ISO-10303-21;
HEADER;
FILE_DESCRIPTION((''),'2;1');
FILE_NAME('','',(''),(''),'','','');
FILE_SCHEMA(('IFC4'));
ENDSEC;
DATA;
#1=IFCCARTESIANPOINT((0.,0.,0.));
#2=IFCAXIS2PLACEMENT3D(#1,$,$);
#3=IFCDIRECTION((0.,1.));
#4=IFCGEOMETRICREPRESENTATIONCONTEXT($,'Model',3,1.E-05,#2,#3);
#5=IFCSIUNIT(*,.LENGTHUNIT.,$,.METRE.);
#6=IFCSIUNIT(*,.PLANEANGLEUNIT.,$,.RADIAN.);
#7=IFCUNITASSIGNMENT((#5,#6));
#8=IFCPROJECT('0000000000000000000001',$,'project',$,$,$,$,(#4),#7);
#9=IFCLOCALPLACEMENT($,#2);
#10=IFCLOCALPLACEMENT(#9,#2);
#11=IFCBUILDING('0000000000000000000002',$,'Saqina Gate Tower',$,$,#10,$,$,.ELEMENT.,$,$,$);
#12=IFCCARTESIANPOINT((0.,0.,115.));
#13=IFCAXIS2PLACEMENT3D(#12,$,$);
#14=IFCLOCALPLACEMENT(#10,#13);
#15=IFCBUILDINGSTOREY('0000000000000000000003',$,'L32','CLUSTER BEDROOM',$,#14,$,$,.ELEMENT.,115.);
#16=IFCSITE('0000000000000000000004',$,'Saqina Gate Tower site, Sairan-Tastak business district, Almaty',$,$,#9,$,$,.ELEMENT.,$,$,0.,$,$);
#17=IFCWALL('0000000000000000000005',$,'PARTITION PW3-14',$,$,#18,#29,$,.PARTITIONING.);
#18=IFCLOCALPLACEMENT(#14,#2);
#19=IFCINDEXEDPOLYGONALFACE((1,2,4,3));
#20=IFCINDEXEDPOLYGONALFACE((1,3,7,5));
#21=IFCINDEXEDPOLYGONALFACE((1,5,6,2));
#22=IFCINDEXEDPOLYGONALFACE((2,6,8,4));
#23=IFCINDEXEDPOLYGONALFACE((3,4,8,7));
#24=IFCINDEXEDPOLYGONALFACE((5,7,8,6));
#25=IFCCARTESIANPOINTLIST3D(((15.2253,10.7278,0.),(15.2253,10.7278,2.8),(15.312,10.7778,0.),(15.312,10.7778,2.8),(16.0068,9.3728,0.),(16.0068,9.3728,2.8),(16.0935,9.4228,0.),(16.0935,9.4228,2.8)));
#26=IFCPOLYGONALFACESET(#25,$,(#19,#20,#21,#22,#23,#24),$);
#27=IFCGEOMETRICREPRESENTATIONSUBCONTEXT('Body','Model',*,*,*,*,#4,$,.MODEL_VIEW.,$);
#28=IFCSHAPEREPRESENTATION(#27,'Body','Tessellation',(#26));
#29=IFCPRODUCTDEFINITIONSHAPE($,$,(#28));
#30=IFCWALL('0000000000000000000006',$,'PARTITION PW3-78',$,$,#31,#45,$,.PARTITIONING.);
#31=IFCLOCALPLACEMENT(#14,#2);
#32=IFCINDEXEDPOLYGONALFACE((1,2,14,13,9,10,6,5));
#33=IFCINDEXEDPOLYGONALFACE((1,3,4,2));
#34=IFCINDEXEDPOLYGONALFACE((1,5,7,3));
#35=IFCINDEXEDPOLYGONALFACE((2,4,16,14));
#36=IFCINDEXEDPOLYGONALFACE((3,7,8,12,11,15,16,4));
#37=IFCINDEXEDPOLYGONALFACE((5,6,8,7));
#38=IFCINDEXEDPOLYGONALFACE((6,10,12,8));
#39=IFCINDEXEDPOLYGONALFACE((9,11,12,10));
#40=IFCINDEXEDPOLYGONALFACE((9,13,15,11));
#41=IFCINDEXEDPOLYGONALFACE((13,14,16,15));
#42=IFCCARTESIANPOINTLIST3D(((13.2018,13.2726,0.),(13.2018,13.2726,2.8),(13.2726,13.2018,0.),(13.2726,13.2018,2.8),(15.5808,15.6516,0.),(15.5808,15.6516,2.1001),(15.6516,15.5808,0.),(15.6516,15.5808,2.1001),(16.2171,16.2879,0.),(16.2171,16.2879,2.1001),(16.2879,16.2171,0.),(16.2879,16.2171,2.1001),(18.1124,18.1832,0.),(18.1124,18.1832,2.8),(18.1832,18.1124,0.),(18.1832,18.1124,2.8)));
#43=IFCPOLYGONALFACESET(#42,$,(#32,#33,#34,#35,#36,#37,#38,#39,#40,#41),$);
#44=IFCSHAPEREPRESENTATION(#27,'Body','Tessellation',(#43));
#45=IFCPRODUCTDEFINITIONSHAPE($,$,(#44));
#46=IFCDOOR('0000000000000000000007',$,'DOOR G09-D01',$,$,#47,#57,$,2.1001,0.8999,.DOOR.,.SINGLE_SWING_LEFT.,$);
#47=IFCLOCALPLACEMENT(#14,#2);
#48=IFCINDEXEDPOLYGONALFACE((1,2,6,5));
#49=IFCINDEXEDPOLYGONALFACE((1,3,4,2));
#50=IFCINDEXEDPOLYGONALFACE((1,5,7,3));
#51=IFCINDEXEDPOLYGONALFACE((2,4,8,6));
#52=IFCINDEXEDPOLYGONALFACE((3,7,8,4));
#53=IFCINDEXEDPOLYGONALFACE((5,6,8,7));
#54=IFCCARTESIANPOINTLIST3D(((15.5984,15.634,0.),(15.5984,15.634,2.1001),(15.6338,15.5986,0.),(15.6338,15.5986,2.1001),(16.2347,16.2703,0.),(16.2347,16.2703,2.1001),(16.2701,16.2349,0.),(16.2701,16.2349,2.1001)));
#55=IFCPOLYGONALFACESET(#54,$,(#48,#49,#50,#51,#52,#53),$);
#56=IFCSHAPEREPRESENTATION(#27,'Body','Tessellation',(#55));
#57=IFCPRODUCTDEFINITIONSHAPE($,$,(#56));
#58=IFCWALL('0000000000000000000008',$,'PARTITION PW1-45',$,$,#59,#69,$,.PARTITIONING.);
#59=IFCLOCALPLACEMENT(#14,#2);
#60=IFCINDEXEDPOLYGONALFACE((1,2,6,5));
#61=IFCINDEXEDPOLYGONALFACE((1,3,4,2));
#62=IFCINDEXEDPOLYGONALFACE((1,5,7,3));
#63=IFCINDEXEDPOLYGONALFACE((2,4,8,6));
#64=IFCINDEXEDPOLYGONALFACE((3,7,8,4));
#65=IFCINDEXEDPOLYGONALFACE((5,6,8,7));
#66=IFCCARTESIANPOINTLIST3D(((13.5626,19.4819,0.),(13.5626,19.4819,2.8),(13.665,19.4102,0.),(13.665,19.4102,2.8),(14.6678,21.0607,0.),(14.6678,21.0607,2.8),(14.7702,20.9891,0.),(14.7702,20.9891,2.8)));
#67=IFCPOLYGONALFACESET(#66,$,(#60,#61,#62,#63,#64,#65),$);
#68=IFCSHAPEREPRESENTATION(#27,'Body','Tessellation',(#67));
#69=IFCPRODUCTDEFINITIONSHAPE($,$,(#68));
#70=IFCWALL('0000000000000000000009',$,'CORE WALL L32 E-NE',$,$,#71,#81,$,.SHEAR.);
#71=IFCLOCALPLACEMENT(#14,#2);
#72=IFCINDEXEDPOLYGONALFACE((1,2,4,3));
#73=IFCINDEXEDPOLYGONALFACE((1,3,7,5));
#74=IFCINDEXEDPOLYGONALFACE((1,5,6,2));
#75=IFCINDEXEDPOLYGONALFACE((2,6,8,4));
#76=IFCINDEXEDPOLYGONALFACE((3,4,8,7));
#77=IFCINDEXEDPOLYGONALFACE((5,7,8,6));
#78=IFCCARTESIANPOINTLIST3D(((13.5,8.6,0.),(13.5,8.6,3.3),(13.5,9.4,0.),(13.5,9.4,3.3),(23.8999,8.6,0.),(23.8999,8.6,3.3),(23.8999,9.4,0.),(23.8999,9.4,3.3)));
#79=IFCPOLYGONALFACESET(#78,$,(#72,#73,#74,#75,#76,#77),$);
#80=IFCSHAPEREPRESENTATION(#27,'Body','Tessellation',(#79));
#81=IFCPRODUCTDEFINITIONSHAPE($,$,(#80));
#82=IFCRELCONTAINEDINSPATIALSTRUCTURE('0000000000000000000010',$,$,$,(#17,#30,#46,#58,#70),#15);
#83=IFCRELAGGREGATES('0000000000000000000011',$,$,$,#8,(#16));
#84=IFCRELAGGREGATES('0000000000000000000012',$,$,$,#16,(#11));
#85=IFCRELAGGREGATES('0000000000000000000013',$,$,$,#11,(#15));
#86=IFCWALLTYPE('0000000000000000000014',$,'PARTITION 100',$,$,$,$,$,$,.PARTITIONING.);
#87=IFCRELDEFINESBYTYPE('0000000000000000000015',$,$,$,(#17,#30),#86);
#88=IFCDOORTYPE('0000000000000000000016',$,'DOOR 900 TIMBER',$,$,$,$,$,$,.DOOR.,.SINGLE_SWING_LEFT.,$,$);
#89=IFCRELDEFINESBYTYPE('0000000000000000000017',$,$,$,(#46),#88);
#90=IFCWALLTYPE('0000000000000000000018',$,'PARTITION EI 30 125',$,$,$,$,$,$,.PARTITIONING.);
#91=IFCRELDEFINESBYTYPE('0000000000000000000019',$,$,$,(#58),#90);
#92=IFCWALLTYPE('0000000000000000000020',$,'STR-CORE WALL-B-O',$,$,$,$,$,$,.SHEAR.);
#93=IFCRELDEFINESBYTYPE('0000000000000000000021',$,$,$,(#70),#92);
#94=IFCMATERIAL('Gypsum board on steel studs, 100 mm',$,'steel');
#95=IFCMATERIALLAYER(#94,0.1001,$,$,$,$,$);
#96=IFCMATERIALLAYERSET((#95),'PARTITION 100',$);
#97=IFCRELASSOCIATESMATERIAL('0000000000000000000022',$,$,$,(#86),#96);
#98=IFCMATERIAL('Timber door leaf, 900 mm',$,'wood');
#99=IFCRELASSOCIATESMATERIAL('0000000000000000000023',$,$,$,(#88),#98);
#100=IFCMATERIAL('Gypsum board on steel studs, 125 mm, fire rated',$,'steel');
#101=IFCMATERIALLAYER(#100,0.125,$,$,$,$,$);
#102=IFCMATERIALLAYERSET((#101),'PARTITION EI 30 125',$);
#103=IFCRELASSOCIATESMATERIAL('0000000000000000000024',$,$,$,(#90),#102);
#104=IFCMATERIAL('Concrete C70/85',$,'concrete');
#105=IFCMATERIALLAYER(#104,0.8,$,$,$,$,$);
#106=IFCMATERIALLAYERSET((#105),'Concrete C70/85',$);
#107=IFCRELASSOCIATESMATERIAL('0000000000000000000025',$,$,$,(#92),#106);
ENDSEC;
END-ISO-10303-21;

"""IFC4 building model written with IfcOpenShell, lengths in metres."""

from ifc_helpers import new_model, si_unit, direction, frame, frame_2d, origin, place, context, subcontext, project, spatial, rectangle, extrude, material, layer, layer_set, type_object, element, fill, save


model = new_model("IFC4")

# Units and contexts
model_context = context("Model", 3, precision=1e-05, world=origin(), true_north=direction((0.0, 1.0)))
body_context = subcontext(model_context, "Body", "Model", "MODEL_VIEW")
ifc_project = project(units=[si_unit("LENGTHUNIT", "METRE"), si_unit("PLANEANGLEUNIT", "RADIAN")], contexts=[model_context])

# Site, building, storey
site_placement = place(None, origin())
site = spatial("IfcSite", under=ifc_project, at=site_placement, Name="Saqina Gate Tower site, Sairan-Tastak business district, Almaty", CompositionType="ELEMENT", RefElevation=0.0)
building_placement = place(site_placement, origin())
building = spatial("IfcBuilding", under=site, at=building_placement, Name="Saqina Gate Tower", CompositionType="ELEMENT")
storey_placement = place(building_placement, frame((0.0, 0.0, 115.0)))
storey = spatial("IfcBuildingStorey", under=building, at=storey_placement, Name="L32", Description="CLUSTER BEDROOM", CompositionType="ELEMENT", Elevation=115.0)

# Wall
ifc_material_1 = material(Name="Gypsum board on steel studs, 100 mm", Category="steel")
ifc_layer_1 = layer(ifc_material_1, 0.1001)
ifc_layer_set_1 = layer_set([ifc_layer_1], Name="PARTITION 100")
wall_type_1 = type_object("IfcWallType", Name="PARTITION 100", PredefinedType="PARTITIONING", material=ifc_layer_set_1)
wall_1_placement = place(storey_placement, frame((15.2686, 10.7529, 0.0), z_axis=(0.0, 0.0, 1.0), x_axis=(0.499614, -0.866248, 0.0)))
element("IfcWall", 1, at=wall_1_placement, inside=storey, type_object=wall_type_1, Name="PARTITION PW3-14", PredefinedType="PARTITIONING", context=body_context, shape_type="SweptSolid", body=[
    extrude(rectangle(XDim=1.5642, YDim=0.1001, at=frame_2d((0.7822, 0.0))), origin(), (0.0, 0.0, 1.0), 2.8),
])

# Wall, opening, door
wall_2_placement = place(storey_placement, frame((13.2373, 13.2373, 0.0), z_axis=(0.0, 0.0, 1.0), x_axis=(0.707107, 0.707107, 0.0)))
wall_2 = element("IfcWall", 2, at=wall_2_placement, inside=storey, type_object=wall_type_1, Name="PARTITION PW3-78", PredefinedType="PARTITIONING", context=body_context, shape_type="SweptSolid", body=[
    extrude(rectangle(XDim=6.9446, YDim=0.1001, at=frame_2d((3.4722, 0.0))), origin(), (0.0, 0.0, 1.0), 2.8),
])
opening_1_placement = place(wall_2_placement, frame((3.3643, 0.0, 0.0)))
opening_1 = element("IfcOpeningElement", 3, at=opening_1_placement, cuts=wall_2, PredefinedType="OPENING", context=body_context, shape_type="SweptSolid", body=[
    extrude(rectangle(XDim=0.8999, YDim=2.1001, at=frame_2d((0.45, 1.05))), frame((0.0, 0.062, 0.0), z_axis=(0.0, -1.0, 0.0), x_axis=(1.0, 0.0, 0.0)), (0.0, 0.0, 1.0), 0.124),
])
ifc_material_2 = material(Name="Timber door leaf, 900 mm", Category="wood")
door_type = type_object("IfcDoorType", Name="DOOR 900 TIMBER", OperationType="SINGLE_SWING_LEFT", PredefinedType="DOOR", material=ifc_material_2)
door_placement = place(opening_1_placement, frame((0.8999, 0.0, 0.0), z_axis=(0.0, 0.0, 1.0), x_axis=(-1.0, 0.0, 0.0)))
door = element("IfcDoor", 4, at=door_placement, inside=storey, type_object=door_type, Name="DOOR G09-D01", OperationType="SINGLE_SWING_LEFT", OverallHeight=2.1001, OverallWidth=0.8999, PredefinedType="DOOR", context=body_context, shape_type="SweptSolid", body=[
    extrude(rectangle(XDim=0.8999, YDim=2.1001, at=frame_2d((0.45, 1.05))), frame((0.0, 0.0249, 0.0), z_axis=(0.0, -1.0, 0.0), x_axis=(1.0, 0.0, 0.0)), (0.0, 0.0, 1.0), 0.05),
])
fill(opening_1, door)

# Walls
ifc_material_3 = material(Name="Gypsum board on steel studs, 125 mm, fire rated", Category="steel")
ifc_layer_2 = layer(ifc_material_3, 0.125)
ifc_layer_set_2 = layer_set([ifc_layer_2], Name="PARTITION EI 30 125")
wall_type_2 = type_object("IfcWallType", Name="PARTITION EI 30 125", PredefinedType="PARTITIONING", material=ifc_layer_set_2)
wall_3_placement = place(storey_placement, frame((13.6138, 19.446, 0.0), z_axis=(0.0, 0.0, 1.0), x_axis=(0.573471, 0.819226, 0.0)))
element("IfcWall", 5, at=wall_3_placement, inside=storey, type_object=wall_type_2, Name="PARTITION PW1-45", PredefinedType="PARTITIONING", context=body_context, shape_type="SweptSolid", body=[
    extrude(rectangle(XDim=1.9272, YDim=0.125, at=frame_2d((0.9636, 0.0))), origin(), (0.0, 0.0, 1.0), 2.8),
])
ifc_material_4 = material(Name="Concrete C70/85", Category="concrete")
ifc_layer_3 = layer(ifc_material_4, 0.8)
ifc_layer_set_3 = layer_set([ifc_layer_3], Name="Concrete C70/85")
wall_type_3 = type_object("IfcWallType", Name="STR-CORE WALL-B-O", PredefinedType="SHEAR", material=ifc_layer_set_3)
wall_4_placement = place(storey_placement, frame((13.5, 9.0, 0.0), z_axis=(0.0, 0.0, 1.0), x_axis=(1.0, 0.0, 0.0)))
element("IfcWall", 6, at=wall_4_placement, inside=storey, type_object=wall_type_3, Name="CORE WALL L32 E-NE", PredefinedType="SHEAR", context=body_context, shape_type="SweptSolid", body=[
    extrude(rectangle(XDim=10.3999, YDim=0.8, at=frame_2d((5.2, 0.0))), origin(), (0.0, 0.0, 1.0), 3.3),
])

save(model, "model.ifc")
